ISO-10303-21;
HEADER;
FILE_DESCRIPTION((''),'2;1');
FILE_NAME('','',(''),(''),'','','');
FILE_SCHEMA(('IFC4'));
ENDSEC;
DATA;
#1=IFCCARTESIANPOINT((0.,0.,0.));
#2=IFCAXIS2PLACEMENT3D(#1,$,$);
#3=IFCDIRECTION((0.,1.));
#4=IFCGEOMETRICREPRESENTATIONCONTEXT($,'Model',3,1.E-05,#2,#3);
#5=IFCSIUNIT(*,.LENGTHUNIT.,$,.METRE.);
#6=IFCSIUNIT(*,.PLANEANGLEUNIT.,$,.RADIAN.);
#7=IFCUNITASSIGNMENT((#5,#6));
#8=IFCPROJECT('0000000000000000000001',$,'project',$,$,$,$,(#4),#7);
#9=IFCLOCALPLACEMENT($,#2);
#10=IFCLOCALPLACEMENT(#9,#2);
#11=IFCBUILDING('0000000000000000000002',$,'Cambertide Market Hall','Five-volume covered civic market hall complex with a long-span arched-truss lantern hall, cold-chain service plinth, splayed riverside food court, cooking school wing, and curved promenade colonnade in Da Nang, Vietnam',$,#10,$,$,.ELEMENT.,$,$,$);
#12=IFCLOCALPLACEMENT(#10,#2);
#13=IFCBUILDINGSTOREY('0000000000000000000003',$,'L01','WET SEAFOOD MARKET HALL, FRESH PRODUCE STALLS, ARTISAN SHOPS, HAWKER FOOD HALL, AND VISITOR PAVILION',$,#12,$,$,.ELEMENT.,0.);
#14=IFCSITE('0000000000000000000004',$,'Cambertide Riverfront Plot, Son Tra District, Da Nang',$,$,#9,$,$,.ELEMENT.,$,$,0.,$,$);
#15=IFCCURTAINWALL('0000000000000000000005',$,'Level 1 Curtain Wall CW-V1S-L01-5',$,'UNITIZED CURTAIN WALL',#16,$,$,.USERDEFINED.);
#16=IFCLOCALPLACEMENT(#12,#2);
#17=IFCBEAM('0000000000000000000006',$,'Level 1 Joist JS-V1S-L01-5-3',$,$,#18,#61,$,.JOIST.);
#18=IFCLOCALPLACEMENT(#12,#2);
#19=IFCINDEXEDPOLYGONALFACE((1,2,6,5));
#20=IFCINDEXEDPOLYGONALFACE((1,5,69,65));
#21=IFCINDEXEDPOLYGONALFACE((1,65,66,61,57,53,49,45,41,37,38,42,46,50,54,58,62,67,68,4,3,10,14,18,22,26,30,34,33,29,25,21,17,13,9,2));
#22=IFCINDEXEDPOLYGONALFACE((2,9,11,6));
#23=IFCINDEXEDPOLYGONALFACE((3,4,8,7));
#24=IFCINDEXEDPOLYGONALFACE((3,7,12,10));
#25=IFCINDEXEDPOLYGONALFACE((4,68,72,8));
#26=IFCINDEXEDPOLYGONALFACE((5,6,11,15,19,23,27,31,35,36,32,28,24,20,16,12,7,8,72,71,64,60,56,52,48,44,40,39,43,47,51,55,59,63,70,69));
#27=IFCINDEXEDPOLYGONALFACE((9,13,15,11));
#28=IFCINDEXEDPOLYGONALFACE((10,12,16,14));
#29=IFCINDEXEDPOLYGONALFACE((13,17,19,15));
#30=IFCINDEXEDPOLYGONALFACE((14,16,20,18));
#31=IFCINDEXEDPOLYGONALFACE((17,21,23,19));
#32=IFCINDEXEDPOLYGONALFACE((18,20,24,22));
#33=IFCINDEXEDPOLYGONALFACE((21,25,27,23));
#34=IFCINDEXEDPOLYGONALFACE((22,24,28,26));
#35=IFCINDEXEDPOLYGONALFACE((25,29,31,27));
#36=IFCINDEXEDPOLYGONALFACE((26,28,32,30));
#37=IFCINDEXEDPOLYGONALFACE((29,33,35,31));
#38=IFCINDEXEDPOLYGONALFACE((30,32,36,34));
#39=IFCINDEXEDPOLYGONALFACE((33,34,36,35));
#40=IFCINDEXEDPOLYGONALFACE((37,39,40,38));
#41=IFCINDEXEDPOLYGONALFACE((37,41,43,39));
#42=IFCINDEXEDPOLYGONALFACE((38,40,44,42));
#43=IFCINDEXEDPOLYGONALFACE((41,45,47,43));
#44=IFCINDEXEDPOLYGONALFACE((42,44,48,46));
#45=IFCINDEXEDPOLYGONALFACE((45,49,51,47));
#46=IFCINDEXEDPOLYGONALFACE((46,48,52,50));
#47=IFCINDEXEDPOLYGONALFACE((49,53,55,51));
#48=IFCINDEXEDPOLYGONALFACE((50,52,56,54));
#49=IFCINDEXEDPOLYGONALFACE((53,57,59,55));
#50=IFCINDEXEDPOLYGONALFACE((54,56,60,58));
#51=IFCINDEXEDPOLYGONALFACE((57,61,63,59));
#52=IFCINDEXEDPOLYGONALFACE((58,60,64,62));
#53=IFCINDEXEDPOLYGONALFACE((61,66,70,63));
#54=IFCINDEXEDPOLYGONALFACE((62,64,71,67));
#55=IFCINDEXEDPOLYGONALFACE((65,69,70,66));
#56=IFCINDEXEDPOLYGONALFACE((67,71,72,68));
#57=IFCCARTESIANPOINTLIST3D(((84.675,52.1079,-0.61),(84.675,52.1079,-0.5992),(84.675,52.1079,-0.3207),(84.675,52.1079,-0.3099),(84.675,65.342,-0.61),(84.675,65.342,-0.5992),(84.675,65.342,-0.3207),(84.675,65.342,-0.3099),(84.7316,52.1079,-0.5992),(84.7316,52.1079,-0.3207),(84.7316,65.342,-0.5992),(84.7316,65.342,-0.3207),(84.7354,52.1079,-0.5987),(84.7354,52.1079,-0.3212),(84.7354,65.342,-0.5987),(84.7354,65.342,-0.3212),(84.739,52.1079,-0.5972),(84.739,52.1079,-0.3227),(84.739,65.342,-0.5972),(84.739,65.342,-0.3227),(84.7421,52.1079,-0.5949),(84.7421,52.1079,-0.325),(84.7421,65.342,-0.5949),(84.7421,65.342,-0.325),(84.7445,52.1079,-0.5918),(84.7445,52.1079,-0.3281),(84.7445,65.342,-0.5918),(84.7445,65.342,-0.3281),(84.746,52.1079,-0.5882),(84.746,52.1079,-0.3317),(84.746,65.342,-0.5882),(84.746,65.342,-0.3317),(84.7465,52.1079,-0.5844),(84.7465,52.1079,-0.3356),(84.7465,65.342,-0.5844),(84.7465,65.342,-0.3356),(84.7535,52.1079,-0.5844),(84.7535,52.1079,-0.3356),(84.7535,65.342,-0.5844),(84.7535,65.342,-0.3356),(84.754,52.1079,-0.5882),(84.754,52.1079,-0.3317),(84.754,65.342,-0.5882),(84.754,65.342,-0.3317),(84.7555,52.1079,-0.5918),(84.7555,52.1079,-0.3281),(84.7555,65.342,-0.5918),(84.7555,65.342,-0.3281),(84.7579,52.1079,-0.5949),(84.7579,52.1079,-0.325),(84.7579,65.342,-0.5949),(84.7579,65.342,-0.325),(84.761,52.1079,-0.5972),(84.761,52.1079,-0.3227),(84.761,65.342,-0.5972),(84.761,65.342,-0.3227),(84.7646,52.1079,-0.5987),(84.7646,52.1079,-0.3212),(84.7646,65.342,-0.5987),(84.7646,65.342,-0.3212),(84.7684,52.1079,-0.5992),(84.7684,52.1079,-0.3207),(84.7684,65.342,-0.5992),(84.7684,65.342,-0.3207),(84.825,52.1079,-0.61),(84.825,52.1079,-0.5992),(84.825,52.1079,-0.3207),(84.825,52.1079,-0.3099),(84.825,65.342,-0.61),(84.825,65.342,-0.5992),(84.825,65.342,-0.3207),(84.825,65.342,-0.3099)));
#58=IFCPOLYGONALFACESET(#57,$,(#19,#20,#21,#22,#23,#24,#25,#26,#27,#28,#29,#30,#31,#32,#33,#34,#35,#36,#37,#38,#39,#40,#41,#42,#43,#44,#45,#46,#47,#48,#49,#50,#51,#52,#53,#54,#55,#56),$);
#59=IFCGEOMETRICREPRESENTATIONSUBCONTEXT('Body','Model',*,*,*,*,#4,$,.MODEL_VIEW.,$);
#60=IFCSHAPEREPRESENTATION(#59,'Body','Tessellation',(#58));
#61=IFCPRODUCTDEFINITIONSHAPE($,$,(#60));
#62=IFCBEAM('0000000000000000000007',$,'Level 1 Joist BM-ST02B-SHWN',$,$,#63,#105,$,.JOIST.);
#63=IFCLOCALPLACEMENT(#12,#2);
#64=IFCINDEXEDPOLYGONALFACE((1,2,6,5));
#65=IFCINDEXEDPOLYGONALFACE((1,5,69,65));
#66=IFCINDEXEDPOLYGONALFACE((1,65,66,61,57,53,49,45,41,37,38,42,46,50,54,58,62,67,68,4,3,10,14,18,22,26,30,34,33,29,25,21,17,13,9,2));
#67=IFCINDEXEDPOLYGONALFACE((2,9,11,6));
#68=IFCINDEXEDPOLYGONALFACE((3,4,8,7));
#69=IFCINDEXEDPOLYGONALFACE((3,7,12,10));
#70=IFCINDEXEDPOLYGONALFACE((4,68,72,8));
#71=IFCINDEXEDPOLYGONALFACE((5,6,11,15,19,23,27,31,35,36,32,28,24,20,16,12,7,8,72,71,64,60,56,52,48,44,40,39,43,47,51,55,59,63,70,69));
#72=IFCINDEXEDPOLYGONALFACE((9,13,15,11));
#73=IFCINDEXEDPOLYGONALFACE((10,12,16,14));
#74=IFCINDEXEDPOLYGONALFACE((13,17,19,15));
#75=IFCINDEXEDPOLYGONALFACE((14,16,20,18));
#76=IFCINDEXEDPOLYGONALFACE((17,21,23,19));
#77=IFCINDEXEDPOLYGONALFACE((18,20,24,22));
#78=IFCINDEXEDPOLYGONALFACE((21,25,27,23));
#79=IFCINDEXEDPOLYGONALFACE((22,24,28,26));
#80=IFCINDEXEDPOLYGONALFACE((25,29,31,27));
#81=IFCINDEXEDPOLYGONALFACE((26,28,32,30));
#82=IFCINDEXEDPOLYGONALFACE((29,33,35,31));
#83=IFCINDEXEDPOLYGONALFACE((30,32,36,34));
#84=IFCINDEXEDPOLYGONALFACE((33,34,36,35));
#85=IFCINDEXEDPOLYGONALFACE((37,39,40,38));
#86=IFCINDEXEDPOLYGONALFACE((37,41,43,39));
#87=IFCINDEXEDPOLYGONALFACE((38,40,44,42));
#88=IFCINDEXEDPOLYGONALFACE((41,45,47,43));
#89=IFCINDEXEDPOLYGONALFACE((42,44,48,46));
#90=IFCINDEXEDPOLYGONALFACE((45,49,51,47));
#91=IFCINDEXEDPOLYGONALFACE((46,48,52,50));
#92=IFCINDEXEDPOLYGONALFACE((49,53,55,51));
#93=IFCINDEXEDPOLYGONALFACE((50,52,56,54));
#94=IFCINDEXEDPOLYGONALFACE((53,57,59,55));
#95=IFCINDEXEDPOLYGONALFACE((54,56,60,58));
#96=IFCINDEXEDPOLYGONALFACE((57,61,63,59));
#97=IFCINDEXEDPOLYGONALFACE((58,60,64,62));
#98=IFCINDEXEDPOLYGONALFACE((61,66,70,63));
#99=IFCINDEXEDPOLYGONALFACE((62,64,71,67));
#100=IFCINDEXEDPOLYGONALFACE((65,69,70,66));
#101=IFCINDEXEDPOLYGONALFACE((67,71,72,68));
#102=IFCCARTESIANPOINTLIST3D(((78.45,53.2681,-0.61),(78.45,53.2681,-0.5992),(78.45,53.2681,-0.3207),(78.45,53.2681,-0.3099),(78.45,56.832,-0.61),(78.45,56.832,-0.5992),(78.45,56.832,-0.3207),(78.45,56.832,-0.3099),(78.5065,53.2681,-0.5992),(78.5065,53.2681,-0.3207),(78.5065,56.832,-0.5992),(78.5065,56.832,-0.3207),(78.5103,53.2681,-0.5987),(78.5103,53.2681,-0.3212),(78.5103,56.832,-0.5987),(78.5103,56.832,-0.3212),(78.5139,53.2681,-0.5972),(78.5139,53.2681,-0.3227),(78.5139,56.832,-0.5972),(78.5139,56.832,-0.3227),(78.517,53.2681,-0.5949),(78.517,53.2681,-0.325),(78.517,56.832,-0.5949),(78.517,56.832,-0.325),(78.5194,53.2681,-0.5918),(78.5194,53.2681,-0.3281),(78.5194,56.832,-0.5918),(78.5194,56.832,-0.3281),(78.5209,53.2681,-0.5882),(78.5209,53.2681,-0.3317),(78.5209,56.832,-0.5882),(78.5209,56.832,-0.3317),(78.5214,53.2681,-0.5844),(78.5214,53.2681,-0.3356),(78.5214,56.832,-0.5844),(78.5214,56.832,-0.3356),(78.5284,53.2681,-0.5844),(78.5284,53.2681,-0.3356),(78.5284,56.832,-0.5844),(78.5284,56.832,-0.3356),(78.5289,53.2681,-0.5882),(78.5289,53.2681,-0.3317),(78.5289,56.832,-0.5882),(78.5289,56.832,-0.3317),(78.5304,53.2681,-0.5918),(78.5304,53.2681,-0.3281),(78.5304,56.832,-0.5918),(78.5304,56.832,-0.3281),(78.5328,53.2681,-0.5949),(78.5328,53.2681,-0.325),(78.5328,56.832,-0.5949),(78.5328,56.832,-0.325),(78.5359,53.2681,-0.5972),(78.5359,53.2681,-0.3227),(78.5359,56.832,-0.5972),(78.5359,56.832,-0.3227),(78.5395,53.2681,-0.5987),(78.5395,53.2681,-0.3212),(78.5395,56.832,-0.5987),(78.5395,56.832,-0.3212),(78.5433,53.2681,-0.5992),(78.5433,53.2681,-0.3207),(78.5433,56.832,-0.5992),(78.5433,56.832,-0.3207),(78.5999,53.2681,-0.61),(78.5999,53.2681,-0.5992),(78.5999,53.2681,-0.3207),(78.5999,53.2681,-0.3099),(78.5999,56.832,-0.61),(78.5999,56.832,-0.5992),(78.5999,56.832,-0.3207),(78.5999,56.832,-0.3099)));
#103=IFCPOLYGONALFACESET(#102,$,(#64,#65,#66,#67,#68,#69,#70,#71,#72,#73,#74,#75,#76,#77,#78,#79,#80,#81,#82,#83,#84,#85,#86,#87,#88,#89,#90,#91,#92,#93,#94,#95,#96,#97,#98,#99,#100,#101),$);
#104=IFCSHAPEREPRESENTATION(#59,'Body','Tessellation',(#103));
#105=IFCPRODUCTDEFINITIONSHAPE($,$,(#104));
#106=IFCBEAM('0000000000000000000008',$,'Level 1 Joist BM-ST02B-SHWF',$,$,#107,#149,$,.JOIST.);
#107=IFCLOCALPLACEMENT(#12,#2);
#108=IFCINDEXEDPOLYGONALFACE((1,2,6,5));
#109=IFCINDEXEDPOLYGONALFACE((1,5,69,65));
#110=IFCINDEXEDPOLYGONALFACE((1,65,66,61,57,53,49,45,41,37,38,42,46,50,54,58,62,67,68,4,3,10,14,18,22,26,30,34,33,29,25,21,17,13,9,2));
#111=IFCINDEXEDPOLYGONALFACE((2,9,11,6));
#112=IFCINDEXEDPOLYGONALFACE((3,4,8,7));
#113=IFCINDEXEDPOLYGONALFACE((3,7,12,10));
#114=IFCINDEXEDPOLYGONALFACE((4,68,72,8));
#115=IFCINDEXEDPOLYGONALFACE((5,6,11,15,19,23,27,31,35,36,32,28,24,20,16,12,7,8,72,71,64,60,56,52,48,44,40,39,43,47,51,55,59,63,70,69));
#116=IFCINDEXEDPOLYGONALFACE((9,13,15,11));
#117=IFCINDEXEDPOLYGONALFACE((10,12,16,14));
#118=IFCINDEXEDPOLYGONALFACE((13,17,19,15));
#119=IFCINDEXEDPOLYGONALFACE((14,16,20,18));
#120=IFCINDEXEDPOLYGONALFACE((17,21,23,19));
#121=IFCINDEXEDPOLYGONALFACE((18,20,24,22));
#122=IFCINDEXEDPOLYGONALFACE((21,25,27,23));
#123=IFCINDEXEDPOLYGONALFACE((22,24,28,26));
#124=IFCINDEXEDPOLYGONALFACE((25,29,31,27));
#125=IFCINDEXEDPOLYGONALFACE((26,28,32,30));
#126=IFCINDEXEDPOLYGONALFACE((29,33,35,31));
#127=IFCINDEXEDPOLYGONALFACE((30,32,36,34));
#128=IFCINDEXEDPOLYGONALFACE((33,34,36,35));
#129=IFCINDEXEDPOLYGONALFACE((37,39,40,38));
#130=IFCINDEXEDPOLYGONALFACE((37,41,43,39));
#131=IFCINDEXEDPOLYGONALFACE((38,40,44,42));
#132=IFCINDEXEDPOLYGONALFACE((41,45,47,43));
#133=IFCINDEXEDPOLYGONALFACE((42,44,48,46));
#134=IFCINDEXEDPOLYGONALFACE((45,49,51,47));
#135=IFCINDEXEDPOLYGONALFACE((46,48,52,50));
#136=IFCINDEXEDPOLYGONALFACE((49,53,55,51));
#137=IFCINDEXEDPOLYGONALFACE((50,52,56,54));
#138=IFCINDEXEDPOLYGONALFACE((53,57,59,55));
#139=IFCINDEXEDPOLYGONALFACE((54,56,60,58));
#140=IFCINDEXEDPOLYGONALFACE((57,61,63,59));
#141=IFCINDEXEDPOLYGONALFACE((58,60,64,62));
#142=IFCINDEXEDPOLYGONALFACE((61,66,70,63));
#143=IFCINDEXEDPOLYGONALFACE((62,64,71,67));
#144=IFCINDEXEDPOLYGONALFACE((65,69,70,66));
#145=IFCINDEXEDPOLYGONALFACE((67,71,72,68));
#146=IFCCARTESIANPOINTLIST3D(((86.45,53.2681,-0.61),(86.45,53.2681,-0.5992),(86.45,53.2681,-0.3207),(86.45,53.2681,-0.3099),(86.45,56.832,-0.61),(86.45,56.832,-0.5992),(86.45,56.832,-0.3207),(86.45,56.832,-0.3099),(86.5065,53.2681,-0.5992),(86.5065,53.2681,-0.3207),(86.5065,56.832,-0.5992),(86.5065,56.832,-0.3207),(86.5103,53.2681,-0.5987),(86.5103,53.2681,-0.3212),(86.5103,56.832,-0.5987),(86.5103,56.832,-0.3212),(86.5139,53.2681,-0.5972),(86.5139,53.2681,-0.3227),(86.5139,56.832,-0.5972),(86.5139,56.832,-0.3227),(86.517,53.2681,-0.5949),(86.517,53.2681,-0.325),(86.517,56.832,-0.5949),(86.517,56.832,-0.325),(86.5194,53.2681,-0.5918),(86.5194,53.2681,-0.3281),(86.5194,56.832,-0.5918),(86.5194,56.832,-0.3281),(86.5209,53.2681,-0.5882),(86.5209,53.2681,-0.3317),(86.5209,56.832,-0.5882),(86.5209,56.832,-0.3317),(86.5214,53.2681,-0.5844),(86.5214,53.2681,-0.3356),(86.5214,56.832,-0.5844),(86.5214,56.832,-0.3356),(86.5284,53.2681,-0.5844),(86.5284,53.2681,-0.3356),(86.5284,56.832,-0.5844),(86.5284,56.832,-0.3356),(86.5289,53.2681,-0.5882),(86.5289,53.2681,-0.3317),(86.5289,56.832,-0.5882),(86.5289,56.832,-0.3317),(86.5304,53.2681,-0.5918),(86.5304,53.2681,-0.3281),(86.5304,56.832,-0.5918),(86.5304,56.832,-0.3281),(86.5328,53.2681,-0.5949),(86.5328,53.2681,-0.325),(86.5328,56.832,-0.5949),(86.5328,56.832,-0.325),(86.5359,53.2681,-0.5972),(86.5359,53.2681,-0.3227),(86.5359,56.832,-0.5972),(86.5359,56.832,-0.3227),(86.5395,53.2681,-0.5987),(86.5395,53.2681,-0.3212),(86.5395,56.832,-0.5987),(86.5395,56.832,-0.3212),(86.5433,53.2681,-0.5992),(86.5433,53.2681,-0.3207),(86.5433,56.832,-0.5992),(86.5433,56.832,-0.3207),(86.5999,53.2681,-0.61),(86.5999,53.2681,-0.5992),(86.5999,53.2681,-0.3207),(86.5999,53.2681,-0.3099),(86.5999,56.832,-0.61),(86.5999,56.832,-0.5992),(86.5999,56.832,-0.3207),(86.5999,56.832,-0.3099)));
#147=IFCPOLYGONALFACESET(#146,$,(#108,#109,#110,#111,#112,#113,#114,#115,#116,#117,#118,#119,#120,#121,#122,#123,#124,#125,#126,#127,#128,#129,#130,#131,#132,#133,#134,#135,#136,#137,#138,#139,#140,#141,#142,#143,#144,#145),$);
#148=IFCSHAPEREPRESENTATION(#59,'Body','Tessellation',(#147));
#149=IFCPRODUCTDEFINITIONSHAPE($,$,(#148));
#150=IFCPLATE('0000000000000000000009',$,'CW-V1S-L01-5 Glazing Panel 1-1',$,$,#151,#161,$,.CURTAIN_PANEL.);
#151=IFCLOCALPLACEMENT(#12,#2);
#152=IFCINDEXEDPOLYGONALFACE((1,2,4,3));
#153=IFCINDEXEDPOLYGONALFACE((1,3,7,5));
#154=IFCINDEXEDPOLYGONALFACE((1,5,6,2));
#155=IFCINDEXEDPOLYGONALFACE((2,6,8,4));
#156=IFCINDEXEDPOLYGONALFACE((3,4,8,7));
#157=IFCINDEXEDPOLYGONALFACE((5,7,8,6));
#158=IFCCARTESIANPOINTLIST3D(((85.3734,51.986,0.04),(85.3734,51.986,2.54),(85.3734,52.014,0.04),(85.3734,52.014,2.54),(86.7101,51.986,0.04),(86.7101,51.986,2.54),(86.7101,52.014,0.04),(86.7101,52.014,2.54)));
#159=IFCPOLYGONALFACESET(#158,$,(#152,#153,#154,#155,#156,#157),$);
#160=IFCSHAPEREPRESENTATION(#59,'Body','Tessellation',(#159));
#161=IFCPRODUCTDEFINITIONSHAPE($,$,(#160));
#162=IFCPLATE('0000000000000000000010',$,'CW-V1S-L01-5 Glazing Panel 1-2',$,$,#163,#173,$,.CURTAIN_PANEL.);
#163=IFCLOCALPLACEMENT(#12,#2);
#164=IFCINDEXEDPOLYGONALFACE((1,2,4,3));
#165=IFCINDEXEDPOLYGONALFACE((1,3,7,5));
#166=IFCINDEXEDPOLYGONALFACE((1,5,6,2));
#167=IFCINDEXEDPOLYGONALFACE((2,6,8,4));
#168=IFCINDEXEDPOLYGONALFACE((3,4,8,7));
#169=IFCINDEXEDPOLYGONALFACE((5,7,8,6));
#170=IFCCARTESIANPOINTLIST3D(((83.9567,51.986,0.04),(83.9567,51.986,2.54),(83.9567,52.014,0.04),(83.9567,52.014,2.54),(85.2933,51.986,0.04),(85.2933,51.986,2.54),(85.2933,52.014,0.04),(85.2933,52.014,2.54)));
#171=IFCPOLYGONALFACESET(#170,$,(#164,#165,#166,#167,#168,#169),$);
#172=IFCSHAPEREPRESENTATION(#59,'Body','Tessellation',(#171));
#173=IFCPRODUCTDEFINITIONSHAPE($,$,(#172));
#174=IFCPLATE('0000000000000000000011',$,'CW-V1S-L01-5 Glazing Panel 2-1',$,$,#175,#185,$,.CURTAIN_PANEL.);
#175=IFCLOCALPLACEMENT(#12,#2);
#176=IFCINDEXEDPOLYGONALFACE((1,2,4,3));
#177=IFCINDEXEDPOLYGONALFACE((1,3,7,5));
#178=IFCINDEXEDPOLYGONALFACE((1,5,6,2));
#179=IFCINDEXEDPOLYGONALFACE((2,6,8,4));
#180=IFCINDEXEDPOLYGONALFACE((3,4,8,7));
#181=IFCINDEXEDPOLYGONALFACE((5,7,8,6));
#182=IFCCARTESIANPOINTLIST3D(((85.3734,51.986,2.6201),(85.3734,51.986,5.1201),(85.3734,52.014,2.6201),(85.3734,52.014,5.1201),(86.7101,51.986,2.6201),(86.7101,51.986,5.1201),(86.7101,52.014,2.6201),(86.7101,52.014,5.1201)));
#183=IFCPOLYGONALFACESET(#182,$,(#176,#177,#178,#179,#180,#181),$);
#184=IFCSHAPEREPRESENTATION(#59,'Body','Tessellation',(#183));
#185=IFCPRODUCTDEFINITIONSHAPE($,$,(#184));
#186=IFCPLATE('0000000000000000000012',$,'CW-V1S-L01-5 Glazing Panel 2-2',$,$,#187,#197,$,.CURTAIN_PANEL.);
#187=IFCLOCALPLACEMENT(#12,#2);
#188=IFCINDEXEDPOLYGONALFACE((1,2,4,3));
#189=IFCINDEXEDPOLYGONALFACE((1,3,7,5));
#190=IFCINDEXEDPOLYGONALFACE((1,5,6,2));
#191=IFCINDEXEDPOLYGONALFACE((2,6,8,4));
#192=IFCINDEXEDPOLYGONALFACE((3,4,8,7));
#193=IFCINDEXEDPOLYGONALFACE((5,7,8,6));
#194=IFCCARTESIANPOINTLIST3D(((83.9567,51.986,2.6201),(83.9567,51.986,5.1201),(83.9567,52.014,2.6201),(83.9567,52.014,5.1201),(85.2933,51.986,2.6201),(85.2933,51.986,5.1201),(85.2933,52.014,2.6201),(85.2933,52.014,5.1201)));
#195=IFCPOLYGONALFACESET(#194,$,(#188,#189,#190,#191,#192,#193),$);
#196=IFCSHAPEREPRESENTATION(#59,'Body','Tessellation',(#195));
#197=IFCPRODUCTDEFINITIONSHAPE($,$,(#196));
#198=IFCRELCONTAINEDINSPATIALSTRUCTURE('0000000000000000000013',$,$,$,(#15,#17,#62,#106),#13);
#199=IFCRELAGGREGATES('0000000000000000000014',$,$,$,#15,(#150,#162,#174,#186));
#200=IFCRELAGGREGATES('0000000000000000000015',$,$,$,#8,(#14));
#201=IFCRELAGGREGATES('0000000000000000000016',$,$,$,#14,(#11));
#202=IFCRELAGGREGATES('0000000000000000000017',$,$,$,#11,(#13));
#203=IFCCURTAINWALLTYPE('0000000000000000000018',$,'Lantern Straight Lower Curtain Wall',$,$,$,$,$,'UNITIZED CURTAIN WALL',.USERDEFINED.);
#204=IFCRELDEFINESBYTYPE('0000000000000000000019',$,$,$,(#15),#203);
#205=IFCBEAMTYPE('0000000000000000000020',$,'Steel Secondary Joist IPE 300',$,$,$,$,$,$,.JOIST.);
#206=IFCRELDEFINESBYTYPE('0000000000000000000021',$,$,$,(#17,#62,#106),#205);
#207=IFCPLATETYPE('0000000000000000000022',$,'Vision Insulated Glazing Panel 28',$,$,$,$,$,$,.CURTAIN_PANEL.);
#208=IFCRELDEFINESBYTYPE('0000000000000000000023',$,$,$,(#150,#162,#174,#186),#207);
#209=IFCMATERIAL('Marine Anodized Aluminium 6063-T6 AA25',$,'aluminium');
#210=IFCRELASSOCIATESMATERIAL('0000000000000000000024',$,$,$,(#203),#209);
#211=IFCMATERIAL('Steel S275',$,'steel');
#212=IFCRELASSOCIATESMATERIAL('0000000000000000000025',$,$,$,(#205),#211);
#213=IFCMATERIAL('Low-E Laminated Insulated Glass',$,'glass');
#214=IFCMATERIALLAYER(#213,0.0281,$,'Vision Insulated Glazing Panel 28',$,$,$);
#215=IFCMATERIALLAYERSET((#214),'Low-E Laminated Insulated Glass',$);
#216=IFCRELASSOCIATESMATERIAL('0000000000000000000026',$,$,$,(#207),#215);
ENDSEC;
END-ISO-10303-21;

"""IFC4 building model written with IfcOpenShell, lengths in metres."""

from ifc_helpers import new_model, si_unit, direction, frame, origin, origin_2d, place, context, subcontext, project, spatial, rectangle, i_section, extrude, material, layer, layer_set, material_profile, profile_set, type_object, element, aggregate, save


model = new_model("IFC4")

# Units and contexts
model_context = context("Model", 3, precision=1e-05, world=origin(), true_north=direction((0.0, 1.0)))
body_context = subcontext(model_context, "Body", "Model", "MODEL_VIEW")
ifc_project = project(units=[si_unit("LENGTHUNIT", "METRE"), si_unit("PLANEANGLEUNIT", "RADIAN")], contexts=[model_context])

# Site, building, storey
site_placement = place(None, origin())
site = spatial("IfcSite", under=ifc_project, at=site_placement, Name="Cambertide Riverfront Plot, Son Tra District, Da Nang", CompositionType="ELEMENT", RefElevation=0.0)
building_placement = place(site_placement, origin())
building = spatial("IfcBuilding", under=site, at=building_placement, Name="Cambertide Market Hall", Description="Five-volume covered civic market hall complex with a long-span arched-truss lantern hall, cold-chain service plinth, splayed riverside food court, cooking school wing, and curved promenade colonnade in Da Nang, Vietnam", CompositionType="ELEMENT")
storey_placement = place(building_placement, origin())
storey = spatial("IfcBuildingStorey", under=building, at=storey_placement, Name="L01", Description="WET SEAFOOD MARKET HALL, FRESH PRODUCE STALLS, ARTISAN SHOPS, HAWKER FOOD HALL, AND VISITOR PAVILION", CompositionType="ELEMENT", Elevation=0.0)

# Curtain wall
ifc_material_1 = material(Name="Marine Anodized Aluminium 6063-T6 AA25", Category="aluminium")
curtain_wall_type = type_object("IfcCurtainWallType", Name="Lantern Straight Lower Curtain Wall", ElementType="UNITIZED CURTAIN WALL", PredefinedType="USERDEFINED", material=ifc_material_1)
curtain_wall_placement = place(storey_placement, origin())
curtain_wall = element("IfcCurtainWall", 1, at=curtain_wall_placement, inside=storey, type_object=curtain_wall_type, Name="Level 1 Curtain Wall CW-V1S-L01-5", ObjectType="UNITIZED CURTAIN WALL", PredefinedType="USERDEFINED")

# Beams
ifc_material_2 = material(Name="Steel S275", Category="steel")
ifc_material_profile_1 = material_profile(ifc_material_2, i_section(OverallWidth=0.1499, OverallDepth=0.3, WebThickness=0.0071, FlangeThickness=0.0107, FilletRadius=0.0149, at=origin_2d()), Name="IPE 300")
ifc_profile_set_1 = profile_set([ifc_material_profile_1], Name="Steel S275")
beam_type = type_object("IfcBeamType", Name="Steel Secondary Joist IPE 300", PredefinedType="JOIST", material=ifc_profile_set_1)
for number, where, z_axis, x_axis, name in (
    (2, (84.75, 52.1079, -0.46), (0.0, 1.0, 0.0), (-1.0, 0.0, 0.0), "Level 1 Joist JS-V1S-L01-5-3"),
):
    element("IfcBeam", number, at=place(storey_placement, frame(where, z_axis=z_axis, x_axis=x_axis)), inside=storey, type_object=beam_type, Name=name, PredefinedType="JOIST", context=body_context, shape_type="SweptSolid", body=[
        extrude(i_section(OverallWidth=0.1499, OverallDepth=0.3, WebThickness=0.0071, FlangeThickness=0.0107, FilletRadius=0.0149, at=origin_2d()), origin(), (0.0, 0.0, 1.0), 13.2341),
    ])
for number, where, z_axis, x_axis, name in (
    (3, (78.5249, 53.2681, -0.46), (0.0, 1.0, 0.0), (-1.0, 0.0, 0.0), "Level 1 Joist BM-ST02B-SHWN"),
    (4, (86.5249, 53.2681, -0.46), (0.0, 1.0, 0.0), (-1.0, 0.0, 0.0), "Level 1 Joist BM-ST02B-SHWF"),
):
    element("IfcBeam", number, at=place(storey_placement, frame(where, z_axis=z_axis, x_axis=x_axis)), inside=storey, type_object=beam_type, Name=name, PredefinedType="JOIST", context=body_context, shape_type="SweptSolid", body=[
        extrude(i_section(OverallWidth=0.1499, OverallDepth=0.3, WebThickness=0.0071, FlangeThickness=0.0107, FilletRadius=0.0149, at=origin_2d()), origin(), (0.0, 0.0, 1.0), 3.564),
    ])

# Plates
ifc_material_3 = material(Name="Low-E Laminated Insulated Glass", Category="glass")
ifc_layer_1 = layer(ifc_material_3, 0.0281, Name="Vision Insulated Glazing Panel 28")
ifc_layer_set_1 = layer_set([ifc_layer_1], Name="Low-E Laminated Insulated Glass")
plate_type = type_object("IfcPlateType", Name="Vision Insulated Glazing Panel 28", PredefinedType="CURTAIN_PANEL", material=ifc_layer_set_1)
plate_1_placement = place(storey_placement, frame((86.0417, 52.0, 0.04), z_axis=(0.0, 0.0, 1.0), x_axis=(-1.0, 0.0, 0.0)))
plate_1 = element("IfcPlate", 5, at=plate_1_placement, type_object=plate_type, Name="CW-V1S-L01-5 Glazing Panel 1-1", PredefinedType="CURTAIN_PANEL", context=body_context, shape_type="SweptSolid", body=[
    extrude(rectangle(XDim=1.3367, YDim=0.0281, at=origin_2d()), origin(), (0.0, 0.0, 1.0), 2.5),
])
plate_2_placement = place(storey_placement, frame((84.625, 52.0, 0.04), z_axis=(0.0, 0.0, 1.0), x_axis=(-1.0, 0.0, 0.0)))
plate_2 = element("IfcPlate", 6, at=plate_2_placement, type_object=plate_type, Name="CW-V1S-L01-5 Glazing Panel 1-2", PredefinedType="CURTAIN_PANEL", context=body_context, shape_type="SweptSolid", body=[
    extrude(rectangle(XDim=1.3367, YDim=0.0281, at=origin_2d()), origin(), (0.0, 0.0, 1.0), 2.5),
])
plate_3_placement = place(storey_placement, frame((86.0417, 52.0, 2.6201), z_axis=(0.0, 0.0, 1.0), x_axis=(-1.0, 0.0, 0.0)))
plate_3 = element("IfcPlate", 7, at=plate_3_placement, type_object=plate_type, Name="CW-V1S-L01-5 Glazing Panel 2-1", PredefinedType="CURTAIN_PANEL", context=body_context, shape_type="SweptSolid", body=[
    extrude(rectangle(XDim=1.3367, YDim=0.0281, at=origin_2d()), origin(), (0.0, 0.0, 1.0), 2.5),
])
plate_4_placement = place(storey_placement, frame((84.625, 52.0, 2.6201), z_axis=(0.0, 0.0, 1.0), x_axis=(-1.0, 0.0, 0.0)))
plate_4 = element("IfcPlate", 8, at=plate_4_placement, type_object=plate_type, Name="CW-V1S-L01-5 Glazing Panel 2-2", PredefinedType="CURTAIN_PANEL", context=body_context, shape_type="SweptSolid", body=[
    extrude(rectangle(XDim=1.3367, YDim=0.0281, at=origin_2d()), origin(), (0.0, 0.0, 1.0), 2.5),
])
aggregate(curtain_wall, [plate_1, plate_2, plate_3, plate_4])

save(model, "model.ifc")
